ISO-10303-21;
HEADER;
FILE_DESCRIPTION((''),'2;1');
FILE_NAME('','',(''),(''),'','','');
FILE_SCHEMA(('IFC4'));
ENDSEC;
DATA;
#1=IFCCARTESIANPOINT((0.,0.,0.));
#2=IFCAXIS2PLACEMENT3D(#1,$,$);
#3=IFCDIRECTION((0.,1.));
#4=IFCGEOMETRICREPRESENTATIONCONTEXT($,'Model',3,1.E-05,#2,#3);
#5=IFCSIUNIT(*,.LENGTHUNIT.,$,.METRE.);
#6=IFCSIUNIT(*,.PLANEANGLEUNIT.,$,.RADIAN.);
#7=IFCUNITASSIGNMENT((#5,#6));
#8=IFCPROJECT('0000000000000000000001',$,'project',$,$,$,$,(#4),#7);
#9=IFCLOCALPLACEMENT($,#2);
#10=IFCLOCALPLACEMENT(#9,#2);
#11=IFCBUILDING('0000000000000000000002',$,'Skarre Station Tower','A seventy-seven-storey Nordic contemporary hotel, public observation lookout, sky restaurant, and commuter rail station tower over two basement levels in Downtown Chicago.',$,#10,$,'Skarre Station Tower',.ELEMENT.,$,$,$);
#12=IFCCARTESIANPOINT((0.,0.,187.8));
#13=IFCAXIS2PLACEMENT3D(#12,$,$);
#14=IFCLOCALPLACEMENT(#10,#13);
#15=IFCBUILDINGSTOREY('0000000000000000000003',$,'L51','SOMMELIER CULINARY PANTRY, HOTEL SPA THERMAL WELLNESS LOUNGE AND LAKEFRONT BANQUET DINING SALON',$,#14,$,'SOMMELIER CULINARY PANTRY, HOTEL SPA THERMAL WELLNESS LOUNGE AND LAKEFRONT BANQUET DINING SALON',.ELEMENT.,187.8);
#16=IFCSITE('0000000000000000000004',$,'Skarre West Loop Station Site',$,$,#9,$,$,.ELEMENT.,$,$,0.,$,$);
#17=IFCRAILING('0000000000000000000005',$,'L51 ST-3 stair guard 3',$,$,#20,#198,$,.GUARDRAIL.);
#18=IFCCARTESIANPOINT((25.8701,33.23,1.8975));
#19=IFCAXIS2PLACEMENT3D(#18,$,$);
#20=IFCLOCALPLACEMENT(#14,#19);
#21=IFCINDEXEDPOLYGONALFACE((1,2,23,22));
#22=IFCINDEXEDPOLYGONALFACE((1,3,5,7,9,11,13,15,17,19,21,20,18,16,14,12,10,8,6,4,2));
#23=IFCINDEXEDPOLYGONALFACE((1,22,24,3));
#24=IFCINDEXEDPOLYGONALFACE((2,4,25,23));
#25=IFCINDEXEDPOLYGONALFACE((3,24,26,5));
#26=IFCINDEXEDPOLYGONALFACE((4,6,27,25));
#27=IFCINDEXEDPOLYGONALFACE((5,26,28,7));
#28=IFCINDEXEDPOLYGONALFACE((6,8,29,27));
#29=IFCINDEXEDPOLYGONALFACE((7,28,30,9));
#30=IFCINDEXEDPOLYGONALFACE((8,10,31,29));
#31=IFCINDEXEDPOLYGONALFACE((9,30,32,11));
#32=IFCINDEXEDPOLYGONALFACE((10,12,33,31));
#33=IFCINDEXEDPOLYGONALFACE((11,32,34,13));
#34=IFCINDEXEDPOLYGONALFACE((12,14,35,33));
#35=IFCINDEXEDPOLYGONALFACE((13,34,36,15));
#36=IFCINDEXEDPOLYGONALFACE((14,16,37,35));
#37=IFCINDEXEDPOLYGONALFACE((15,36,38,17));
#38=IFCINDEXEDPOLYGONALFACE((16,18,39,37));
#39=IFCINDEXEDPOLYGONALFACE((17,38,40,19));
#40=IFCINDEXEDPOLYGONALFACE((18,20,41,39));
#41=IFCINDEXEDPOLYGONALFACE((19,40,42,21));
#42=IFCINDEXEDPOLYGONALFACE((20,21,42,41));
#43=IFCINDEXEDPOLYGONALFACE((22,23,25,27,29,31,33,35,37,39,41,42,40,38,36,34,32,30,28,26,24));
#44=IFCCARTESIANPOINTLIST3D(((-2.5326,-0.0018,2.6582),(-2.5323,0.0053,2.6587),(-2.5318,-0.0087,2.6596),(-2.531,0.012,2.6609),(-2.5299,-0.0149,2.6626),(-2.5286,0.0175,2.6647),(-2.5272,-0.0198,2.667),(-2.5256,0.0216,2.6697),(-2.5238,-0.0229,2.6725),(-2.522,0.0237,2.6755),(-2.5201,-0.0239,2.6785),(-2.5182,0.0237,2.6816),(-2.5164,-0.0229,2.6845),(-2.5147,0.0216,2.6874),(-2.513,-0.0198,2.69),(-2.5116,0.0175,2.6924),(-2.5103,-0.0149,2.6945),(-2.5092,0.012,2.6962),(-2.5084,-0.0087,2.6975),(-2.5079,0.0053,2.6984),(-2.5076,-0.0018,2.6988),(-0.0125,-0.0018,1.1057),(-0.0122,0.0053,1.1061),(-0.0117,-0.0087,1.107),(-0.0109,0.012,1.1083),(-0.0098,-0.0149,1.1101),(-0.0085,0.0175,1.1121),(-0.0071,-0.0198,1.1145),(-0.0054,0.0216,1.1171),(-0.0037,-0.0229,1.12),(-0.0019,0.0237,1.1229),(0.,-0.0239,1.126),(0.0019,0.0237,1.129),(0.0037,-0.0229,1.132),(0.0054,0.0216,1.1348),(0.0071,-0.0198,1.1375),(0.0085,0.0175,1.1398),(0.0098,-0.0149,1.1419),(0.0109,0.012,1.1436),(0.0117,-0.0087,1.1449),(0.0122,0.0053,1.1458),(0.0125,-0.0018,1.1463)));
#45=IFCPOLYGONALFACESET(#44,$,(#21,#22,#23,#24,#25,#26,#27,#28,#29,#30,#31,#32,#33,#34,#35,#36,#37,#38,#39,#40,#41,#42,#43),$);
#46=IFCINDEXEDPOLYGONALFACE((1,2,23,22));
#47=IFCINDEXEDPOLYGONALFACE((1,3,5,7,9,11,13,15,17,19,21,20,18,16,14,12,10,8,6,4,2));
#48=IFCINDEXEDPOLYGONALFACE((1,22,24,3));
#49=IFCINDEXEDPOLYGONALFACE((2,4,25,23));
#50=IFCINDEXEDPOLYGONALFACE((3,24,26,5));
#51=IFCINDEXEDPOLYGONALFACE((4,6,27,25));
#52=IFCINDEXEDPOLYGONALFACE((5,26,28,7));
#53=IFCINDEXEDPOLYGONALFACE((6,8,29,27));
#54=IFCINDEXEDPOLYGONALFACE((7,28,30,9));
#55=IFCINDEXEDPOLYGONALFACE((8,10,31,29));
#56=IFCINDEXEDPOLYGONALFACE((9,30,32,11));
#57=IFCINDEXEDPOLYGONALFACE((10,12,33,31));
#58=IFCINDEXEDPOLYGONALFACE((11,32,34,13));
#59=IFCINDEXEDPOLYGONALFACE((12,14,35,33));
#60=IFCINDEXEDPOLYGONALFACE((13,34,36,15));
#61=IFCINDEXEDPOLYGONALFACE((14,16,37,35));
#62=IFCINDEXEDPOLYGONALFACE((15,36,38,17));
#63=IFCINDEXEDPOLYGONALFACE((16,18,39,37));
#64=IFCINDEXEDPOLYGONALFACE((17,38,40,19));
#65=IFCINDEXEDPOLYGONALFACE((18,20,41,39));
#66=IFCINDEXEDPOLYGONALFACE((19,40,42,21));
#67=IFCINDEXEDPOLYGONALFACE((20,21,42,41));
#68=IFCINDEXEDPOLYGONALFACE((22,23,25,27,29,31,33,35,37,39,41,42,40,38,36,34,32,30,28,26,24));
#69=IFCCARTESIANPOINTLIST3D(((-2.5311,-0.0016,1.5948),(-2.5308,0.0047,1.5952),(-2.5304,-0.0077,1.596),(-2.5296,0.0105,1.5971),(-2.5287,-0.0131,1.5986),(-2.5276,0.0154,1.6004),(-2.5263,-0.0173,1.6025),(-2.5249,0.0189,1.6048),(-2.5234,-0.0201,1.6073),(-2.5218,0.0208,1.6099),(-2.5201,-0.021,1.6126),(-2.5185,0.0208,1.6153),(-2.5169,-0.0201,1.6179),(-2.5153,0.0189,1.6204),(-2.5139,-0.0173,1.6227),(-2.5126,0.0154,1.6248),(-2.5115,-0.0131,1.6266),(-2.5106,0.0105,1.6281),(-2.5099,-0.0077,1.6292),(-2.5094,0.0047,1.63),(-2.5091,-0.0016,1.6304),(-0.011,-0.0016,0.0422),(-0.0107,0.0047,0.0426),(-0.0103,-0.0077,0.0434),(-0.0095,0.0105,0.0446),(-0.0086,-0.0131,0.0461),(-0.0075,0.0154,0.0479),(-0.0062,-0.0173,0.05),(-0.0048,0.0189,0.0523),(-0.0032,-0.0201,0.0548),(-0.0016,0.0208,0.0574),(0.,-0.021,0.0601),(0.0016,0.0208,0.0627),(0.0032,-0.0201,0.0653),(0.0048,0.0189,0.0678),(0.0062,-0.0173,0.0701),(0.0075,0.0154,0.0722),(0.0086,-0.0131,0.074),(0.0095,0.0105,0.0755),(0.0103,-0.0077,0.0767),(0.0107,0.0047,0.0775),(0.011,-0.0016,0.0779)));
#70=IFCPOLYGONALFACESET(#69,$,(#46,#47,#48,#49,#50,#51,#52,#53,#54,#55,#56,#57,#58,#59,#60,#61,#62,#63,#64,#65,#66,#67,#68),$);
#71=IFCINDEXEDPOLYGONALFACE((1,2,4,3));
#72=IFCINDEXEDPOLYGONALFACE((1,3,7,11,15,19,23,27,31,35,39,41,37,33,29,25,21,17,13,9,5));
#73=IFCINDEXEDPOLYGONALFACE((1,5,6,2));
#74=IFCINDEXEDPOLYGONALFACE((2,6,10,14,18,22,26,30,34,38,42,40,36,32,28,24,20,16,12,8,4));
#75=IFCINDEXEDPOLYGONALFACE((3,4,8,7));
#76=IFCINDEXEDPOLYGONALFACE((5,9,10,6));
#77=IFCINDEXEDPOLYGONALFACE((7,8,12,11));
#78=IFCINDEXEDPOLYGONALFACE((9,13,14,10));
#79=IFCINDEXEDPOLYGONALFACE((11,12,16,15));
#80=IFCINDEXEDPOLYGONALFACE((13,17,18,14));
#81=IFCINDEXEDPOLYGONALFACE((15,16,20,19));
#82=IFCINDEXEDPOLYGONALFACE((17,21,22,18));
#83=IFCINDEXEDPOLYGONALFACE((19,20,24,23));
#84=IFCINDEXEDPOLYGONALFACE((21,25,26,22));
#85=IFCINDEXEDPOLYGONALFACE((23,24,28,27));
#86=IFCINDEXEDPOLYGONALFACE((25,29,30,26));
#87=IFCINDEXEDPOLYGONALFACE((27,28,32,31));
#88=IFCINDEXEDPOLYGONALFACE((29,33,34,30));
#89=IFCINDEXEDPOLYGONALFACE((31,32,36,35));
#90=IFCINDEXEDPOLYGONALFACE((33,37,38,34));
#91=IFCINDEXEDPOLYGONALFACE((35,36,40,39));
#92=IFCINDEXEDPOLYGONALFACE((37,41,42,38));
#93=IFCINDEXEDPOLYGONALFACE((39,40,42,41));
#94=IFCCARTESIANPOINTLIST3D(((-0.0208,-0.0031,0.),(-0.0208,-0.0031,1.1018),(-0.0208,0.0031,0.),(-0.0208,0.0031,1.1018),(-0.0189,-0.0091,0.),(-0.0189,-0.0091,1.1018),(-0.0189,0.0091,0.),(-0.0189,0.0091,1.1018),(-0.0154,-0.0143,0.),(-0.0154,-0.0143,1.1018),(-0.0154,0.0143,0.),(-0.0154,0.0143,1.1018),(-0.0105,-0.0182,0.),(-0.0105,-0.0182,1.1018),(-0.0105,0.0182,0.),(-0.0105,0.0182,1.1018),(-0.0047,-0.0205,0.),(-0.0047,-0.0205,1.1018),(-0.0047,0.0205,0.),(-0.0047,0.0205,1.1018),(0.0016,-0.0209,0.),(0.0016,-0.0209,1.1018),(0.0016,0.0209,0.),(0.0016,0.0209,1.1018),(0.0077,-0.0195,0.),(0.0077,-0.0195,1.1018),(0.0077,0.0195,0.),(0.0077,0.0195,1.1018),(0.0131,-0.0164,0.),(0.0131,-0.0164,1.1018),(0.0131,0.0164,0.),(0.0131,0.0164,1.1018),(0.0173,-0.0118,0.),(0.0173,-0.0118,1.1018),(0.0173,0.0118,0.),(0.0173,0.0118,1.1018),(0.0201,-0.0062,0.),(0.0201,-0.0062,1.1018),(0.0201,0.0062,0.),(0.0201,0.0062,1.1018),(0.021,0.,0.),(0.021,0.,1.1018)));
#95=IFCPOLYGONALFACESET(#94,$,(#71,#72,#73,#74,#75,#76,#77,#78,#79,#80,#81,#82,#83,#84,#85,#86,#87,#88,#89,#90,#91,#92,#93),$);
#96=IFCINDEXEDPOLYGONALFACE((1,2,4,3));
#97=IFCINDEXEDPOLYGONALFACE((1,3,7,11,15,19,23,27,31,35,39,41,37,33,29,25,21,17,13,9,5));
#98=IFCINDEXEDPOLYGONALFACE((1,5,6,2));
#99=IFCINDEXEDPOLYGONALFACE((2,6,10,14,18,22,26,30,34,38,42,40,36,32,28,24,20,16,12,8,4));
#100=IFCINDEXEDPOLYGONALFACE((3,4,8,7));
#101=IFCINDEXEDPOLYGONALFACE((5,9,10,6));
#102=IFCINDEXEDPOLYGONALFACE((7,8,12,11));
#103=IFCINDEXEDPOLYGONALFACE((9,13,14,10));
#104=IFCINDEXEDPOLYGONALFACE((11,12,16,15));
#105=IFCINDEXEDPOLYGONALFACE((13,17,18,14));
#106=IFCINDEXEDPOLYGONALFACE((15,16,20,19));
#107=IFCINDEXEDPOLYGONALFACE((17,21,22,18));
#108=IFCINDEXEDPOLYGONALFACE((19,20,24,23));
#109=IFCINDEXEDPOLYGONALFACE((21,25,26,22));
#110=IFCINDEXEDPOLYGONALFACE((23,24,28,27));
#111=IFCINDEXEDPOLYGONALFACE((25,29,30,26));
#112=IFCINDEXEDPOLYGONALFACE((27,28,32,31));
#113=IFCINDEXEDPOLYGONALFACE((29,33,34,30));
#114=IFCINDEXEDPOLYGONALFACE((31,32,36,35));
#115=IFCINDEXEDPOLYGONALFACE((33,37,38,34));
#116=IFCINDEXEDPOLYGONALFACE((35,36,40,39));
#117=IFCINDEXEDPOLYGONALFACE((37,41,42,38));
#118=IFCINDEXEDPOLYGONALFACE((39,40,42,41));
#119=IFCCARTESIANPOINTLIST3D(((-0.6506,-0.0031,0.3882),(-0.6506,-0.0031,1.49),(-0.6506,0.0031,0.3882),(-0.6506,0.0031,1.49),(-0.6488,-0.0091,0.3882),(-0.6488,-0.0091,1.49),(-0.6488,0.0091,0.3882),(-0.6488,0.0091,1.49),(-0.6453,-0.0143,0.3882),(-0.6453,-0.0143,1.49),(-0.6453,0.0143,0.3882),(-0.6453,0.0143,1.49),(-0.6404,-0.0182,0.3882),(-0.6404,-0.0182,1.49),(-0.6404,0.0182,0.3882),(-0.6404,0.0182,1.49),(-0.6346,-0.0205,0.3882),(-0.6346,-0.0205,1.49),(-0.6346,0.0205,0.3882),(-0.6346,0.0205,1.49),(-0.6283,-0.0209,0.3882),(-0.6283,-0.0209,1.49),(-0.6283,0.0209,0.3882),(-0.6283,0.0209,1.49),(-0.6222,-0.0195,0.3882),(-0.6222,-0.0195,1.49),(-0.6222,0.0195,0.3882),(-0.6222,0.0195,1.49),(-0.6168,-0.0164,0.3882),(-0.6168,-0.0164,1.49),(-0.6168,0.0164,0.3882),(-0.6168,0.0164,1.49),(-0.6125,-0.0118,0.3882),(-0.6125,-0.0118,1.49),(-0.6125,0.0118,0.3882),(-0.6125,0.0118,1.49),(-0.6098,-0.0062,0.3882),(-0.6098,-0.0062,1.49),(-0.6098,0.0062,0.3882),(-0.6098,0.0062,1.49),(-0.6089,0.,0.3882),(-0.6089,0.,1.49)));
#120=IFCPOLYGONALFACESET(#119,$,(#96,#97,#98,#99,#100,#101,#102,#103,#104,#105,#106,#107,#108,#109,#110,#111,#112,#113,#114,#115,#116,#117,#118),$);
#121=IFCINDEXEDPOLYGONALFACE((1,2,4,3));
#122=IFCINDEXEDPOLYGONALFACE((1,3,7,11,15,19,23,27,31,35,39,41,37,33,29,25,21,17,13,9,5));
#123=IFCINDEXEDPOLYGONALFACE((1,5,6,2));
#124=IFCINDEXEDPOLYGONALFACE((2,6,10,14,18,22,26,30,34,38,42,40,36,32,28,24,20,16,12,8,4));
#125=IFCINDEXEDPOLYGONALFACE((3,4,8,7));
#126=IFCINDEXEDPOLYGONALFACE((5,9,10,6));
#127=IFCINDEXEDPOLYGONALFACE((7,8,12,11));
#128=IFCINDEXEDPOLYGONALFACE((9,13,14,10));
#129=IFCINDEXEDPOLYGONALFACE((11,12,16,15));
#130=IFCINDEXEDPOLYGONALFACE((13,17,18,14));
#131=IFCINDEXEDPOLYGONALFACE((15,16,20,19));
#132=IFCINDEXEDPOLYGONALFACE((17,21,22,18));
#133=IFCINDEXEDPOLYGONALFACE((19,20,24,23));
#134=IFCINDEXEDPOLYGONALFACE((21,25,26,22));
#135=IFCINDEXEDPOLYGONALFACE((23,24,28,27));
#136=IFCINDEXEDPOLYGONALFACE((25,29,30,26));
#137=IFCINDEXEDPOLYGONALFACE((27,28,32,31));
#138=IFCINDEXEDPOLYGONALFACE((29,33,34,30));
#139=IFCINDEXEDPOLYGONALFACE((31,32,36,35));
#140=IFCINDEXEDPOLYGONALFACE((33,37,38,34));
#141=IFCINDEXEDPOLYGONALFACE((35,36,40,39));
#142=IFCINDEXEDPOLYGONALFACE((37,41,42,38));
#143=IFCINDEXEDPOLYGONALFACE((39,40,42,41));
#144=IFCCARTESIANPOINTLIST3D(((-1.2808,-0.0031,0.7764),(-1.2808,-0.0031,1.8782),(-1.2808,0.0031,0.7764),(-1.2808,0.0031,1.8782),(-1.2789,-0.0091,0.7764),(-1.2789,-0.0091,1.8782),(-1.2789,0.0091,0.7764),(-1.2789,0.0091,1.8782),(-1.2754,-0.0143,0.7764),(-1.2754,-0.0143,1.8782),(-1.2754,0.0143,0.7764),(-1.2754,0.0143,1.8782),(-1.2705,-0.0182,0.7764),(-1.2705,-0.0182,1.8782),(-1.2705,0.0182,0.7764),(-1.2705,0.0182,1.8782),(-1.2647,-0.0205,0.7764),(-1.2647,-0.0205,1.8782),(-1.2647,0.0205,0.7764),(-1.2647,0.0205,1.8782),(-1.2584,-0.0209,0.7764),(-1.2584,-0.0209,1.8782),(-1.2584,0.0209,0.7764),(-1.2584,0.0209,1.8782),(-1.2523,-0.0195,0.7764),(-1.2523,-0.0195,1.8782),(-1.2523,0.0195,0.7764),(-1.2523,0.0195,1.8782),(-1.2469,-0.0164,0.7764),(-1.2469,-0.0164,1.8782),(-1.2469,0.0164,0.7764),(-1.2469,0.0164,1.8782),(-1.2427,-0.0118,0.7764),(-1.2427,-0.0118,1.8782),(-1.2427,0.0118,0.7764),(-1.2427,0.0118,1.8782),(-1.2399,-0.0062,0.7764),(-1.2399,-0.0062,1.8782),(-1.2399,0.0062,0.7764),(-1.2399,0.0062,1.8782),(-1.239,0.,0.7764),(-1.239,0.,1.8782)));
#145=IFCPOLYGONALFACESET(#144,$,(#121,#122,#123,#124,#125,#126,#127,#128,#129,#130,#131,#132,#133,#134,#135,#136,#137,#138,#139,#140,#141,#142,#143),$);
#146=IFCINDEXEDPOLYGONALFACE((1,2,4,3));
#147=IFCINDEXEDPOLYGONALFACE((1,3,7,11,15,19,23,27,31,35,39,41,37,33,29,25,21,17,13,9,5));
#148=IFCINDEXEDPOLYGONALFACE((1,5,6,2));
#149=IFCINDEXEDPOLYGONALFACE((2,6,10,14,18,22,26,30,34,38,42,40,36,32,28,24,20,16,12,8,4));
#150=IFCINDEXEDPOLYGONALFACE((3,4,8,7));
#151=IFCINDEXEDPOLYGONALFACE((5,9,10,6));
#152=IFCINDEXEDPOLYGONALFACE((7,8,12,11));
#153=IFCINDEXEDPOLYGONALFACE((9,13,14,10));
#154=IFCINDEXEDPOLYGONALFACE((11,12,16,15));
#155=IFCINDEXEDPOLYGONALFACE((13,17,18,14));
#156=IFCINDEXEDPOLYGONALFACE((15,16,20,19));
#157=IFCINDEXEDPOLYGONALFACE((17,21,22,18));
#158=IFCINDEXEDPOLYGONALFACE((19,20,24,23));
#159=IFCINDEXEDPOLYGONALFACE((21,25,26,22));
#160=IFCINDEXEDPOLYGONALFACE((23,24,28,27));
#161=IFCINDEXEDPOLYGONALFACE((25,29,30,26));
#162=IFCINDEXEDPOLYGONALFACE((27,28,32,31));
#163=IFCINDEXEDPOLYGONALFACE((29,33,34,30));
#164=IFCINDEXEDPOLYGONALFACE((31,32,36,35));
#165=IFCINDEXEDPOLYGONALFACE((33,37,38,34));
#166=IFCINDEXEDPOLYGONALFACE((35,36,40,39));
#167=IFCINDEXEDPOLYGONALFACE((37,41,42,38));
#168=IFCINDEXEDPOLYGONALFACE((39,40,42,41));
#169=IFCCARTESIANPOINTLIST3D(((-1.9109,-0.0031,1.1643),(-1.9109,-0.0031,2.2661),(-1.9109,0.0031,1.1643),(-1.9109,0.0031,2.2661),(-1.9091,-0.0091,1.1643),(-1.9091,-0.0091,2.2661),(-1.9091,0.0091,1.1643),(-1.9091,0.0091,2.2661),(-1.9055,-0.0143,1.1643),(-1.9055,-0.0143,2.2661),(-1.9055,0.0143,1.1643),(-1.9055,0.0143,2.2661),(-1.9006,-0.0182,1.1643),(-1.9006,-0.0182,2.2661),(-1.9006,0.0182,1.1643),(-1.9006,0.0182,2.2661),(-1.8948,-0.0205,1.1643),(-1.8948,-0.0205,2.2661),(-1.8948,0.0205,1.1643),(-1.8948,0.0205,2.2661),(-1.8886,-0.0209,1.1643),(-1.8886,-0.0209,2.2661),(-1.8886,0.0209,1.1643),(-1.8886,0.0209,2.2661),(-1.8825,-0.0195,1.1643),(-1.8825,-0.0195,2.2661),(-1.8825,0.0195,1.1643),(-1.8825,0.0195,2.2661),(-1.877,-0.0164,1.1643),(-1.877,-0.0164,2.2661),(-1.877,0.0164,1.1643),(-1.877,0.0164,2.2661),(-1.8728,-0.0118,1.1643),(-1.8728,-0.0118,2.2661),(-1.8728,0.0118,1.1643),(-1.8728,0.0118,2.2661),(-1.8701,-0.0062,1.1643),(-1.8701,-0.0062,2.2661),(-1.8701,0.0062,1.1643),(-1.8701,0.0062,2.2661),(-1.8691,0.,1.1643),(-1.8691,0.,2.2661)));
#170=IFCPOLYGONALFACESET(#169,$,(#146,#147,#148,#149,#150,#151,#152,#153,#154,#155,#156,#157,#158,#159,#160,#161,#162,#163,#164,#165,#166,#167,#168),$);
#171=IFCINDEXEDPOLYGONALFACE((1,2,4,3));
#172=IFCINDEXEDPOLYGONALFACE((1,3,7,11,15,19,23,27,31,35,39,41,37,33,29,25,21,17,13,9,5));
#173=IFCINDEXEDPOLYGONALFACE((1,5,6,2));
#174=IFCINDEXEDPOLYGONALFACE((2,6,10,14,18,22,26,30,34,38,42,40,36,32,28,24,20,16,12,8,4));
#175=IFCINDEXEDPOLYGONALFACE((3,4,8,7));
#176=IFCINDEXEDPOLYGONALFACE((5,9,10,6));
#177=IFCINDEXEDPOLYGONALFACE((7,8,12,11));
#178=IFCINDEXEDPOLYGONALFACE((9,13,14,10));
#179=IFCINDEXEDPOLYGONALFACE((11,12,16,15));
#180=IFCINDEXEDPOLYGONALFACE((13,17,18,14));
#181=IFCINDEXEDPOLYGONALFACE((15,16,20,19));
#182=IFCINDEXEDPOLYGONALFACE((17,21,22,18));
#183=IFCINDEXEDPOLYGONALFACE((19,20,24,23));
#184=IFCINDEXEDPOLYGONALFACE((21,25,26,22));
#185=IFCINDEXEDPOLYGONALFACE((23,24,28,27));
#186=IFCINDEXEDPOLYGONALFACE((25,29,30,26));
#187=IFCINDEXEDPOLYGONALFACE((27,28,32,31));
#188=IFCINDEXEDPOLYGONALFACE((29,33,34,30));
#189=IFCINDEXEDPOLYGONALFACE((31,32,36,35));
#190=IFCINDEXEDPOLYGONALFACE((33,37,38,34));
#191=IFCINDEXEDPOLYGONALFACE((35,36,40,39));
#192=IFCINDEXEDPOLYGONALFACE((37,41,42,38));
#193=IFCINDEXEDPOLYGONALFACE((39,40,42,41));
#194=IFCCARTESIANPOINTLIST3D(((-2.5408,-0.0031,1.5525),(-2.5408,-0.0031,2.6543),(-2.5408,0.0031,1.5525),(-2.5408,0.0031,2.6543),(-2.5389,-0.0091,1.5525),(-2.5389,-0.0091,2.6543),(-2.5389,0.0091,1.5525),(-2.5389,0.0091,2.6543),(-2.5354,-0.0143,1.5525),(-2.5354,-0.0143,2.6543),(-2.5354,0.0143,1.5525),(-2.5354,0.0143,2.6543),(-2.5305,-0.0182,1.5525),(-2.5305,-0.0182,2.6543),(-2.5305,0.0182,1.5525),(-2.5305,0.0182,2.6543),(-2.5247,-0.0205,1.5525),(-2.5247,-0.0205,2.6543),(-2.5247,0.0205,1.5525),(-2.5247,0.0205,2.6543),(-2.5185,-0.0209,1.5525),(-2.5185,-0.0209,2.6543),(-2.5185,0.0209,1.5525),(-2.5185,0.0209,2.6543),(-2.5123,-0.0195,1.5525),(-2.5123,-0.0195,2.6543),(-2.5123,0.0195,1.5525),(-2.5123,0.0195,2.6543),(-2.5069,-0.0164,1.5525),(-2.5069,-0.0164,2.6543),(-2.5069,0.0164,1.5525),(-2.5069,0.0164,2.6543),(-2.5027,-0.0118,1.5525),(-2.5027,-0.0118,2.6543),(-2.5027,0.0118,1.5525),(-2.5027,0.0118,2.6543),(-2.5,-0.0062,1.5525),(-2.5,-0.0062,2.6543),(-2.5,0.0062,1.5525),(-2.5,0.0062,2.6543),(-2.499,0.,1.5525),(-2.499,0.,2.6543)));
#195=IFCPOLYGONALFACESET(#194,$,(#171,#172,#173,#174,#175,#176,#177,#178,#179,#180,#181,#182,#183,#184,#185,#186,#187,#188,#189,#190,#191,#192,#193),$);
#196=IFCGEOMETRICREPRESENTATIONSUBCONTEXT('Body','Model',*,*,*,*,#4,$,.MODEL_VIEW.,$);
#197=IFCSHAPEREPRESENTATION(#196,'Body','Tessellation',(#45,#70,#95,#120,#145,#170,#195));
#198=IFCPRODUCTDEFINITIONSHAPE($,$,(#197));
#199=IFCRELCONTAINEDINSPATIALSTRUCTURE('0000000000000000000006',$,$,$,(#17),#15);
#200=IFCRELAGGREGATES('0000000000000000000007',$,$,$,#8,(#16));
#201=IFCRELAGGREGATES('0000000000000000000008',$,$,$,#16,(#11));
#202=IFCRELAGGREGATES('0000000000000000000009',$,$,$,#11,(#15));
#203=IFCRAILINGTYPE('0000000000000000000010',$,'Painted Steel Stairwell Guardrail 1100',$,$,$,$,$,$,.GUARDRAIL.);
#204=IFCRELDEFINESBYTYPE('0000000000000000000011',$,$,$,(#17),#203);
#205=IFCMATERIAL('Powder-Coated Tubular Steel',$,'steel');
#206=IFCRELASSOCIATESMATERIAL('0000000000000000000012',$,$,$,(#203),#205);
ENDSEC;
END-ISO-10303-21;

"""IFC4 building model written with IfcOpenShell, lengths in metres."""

from ifc_helpers import new_model, si_unit, direction, frame, origin, origin_2d, place, context, subcontext, project, spatial, circle, extrude, material, type_object, element, save


model = new_model("IFC4")

# Units and contexts
model_context = context("Model", 3, precision=1e-05, world=origin(), true_north=direction((0.0, 1.0)))
body_context = subcontext(model_context, "Body", "Model", "MODEL_VIEW")
ifc_project = project(units=[si_unit("LENGTHUNIT", "METRE"), si_unit("PLANEANGLEUNIT", "RADIAN")], contexts=[model_context])

# Site, building, storey
site_placement = place(None, origin())
site = spatial("IfcSite", under=ifc_project, at=site_placement, Name="Skarre West Loop Station Site", CompositionType="ELEMENT", RefElevation=0.0)
building_placement = place(site_placement, origin())
building = spatial("IfcBuilding", under=site, at=building_placement, Name="Skarre Station Tower", Description="A seventy-seven-storey Nordic contemporary hotel, public observation lookout, sky restaurant, and commuter rail station tower over two basement levels in Downtown Chicago.", LongName="Skarre Station Tower", CompositionType="ELEMENT")
storey_placement = place(building_placement, frame((0.0, 0.0, 187.8)))
storey = spatial("IfcBuildingStorey", under=building, at=storey_placement, Name="L51", Description="SOMMELIER CULINARY PANTRY, HOTEL SPA THERMAL WELLNESS LOUNGE AND LAKEFRONT BANQUET DINING SALON", LongName="SOMMELIER CULINARY PANTRY, HOTEL SPA THERMAL WELLNESS LOUNGE AND LAKEFRONT BANQUET DINING SALON", CompositionType="ELEMENT", Elevation=187.8)

# Railing
ifc_material_1 = material(Name="Powder-Coated Tubular Steel", Category="steel")
railing_type_1 = type_object("IfcRailingType", Name="Painted Steel Stairwell Guardrail 1100", PredefinedType="GUARDRAIL", material=ifc_material_1)
railing_1_placement = place(storey_placement, frame((25.8701, 33.23, 1.8975)))
element("IfcRailing", 1, at=railing_1_placement, inside=storey, type_object=railing_type_1, Name="L51 ST-3 stair guard 3", PredefinedType="GUARDRAIL", context=body_context, shape_type="SweptSolid", body=[
    extrude(circle(Radius=0.0239, at=origin_2d()), frame((0.0, 0.0, 1.126), z_axis=(-0.8514, 0.0, 0.524516), x_axis=(0.0, -1.0, 0.0)), (0.0, 0.0, 1.0), 2.96),
    extrude(circle(Radius=0.021, at=origin_2d()), frame((0.0, 0.0, 0.0601), z_axis=(-0.8514, 0.0, 0.524516), x_axis=(0.0, -1.0, 0.0)), (0.0, 0.0, 1.0), 2.96),
    extrude(circle(Radius=0.021, at=origin_2d()), origin(), (0.0, 0.0, 1.0), 1.1018),
    extrude(circle(Radius=0.021, at=origin_2d()), frame((-0.6299, 0.0, 0.3882)), (0.0, 0.0, 1.0), 1.1018),
    extrude(circle(Radius=0.021, at=origin_2d()), frame((-1.26, 0.0, 0.7764)), (0.0, 0.0, 1.0), 1.1018),
    extrude(circle(Radius=0.021, at=origin_2d()), frame((-1.8901, 0.0, 1.1643)), (0.0, 0.0, 1.0), 1.1018),
    extrude(circle(Radius=0.021, at=origin_2d()), frame((-2.52, 0.0, 1.5525)), (0.0, 0.0, 1.0), 1.1018),
])

save(model, "model.ifc")
